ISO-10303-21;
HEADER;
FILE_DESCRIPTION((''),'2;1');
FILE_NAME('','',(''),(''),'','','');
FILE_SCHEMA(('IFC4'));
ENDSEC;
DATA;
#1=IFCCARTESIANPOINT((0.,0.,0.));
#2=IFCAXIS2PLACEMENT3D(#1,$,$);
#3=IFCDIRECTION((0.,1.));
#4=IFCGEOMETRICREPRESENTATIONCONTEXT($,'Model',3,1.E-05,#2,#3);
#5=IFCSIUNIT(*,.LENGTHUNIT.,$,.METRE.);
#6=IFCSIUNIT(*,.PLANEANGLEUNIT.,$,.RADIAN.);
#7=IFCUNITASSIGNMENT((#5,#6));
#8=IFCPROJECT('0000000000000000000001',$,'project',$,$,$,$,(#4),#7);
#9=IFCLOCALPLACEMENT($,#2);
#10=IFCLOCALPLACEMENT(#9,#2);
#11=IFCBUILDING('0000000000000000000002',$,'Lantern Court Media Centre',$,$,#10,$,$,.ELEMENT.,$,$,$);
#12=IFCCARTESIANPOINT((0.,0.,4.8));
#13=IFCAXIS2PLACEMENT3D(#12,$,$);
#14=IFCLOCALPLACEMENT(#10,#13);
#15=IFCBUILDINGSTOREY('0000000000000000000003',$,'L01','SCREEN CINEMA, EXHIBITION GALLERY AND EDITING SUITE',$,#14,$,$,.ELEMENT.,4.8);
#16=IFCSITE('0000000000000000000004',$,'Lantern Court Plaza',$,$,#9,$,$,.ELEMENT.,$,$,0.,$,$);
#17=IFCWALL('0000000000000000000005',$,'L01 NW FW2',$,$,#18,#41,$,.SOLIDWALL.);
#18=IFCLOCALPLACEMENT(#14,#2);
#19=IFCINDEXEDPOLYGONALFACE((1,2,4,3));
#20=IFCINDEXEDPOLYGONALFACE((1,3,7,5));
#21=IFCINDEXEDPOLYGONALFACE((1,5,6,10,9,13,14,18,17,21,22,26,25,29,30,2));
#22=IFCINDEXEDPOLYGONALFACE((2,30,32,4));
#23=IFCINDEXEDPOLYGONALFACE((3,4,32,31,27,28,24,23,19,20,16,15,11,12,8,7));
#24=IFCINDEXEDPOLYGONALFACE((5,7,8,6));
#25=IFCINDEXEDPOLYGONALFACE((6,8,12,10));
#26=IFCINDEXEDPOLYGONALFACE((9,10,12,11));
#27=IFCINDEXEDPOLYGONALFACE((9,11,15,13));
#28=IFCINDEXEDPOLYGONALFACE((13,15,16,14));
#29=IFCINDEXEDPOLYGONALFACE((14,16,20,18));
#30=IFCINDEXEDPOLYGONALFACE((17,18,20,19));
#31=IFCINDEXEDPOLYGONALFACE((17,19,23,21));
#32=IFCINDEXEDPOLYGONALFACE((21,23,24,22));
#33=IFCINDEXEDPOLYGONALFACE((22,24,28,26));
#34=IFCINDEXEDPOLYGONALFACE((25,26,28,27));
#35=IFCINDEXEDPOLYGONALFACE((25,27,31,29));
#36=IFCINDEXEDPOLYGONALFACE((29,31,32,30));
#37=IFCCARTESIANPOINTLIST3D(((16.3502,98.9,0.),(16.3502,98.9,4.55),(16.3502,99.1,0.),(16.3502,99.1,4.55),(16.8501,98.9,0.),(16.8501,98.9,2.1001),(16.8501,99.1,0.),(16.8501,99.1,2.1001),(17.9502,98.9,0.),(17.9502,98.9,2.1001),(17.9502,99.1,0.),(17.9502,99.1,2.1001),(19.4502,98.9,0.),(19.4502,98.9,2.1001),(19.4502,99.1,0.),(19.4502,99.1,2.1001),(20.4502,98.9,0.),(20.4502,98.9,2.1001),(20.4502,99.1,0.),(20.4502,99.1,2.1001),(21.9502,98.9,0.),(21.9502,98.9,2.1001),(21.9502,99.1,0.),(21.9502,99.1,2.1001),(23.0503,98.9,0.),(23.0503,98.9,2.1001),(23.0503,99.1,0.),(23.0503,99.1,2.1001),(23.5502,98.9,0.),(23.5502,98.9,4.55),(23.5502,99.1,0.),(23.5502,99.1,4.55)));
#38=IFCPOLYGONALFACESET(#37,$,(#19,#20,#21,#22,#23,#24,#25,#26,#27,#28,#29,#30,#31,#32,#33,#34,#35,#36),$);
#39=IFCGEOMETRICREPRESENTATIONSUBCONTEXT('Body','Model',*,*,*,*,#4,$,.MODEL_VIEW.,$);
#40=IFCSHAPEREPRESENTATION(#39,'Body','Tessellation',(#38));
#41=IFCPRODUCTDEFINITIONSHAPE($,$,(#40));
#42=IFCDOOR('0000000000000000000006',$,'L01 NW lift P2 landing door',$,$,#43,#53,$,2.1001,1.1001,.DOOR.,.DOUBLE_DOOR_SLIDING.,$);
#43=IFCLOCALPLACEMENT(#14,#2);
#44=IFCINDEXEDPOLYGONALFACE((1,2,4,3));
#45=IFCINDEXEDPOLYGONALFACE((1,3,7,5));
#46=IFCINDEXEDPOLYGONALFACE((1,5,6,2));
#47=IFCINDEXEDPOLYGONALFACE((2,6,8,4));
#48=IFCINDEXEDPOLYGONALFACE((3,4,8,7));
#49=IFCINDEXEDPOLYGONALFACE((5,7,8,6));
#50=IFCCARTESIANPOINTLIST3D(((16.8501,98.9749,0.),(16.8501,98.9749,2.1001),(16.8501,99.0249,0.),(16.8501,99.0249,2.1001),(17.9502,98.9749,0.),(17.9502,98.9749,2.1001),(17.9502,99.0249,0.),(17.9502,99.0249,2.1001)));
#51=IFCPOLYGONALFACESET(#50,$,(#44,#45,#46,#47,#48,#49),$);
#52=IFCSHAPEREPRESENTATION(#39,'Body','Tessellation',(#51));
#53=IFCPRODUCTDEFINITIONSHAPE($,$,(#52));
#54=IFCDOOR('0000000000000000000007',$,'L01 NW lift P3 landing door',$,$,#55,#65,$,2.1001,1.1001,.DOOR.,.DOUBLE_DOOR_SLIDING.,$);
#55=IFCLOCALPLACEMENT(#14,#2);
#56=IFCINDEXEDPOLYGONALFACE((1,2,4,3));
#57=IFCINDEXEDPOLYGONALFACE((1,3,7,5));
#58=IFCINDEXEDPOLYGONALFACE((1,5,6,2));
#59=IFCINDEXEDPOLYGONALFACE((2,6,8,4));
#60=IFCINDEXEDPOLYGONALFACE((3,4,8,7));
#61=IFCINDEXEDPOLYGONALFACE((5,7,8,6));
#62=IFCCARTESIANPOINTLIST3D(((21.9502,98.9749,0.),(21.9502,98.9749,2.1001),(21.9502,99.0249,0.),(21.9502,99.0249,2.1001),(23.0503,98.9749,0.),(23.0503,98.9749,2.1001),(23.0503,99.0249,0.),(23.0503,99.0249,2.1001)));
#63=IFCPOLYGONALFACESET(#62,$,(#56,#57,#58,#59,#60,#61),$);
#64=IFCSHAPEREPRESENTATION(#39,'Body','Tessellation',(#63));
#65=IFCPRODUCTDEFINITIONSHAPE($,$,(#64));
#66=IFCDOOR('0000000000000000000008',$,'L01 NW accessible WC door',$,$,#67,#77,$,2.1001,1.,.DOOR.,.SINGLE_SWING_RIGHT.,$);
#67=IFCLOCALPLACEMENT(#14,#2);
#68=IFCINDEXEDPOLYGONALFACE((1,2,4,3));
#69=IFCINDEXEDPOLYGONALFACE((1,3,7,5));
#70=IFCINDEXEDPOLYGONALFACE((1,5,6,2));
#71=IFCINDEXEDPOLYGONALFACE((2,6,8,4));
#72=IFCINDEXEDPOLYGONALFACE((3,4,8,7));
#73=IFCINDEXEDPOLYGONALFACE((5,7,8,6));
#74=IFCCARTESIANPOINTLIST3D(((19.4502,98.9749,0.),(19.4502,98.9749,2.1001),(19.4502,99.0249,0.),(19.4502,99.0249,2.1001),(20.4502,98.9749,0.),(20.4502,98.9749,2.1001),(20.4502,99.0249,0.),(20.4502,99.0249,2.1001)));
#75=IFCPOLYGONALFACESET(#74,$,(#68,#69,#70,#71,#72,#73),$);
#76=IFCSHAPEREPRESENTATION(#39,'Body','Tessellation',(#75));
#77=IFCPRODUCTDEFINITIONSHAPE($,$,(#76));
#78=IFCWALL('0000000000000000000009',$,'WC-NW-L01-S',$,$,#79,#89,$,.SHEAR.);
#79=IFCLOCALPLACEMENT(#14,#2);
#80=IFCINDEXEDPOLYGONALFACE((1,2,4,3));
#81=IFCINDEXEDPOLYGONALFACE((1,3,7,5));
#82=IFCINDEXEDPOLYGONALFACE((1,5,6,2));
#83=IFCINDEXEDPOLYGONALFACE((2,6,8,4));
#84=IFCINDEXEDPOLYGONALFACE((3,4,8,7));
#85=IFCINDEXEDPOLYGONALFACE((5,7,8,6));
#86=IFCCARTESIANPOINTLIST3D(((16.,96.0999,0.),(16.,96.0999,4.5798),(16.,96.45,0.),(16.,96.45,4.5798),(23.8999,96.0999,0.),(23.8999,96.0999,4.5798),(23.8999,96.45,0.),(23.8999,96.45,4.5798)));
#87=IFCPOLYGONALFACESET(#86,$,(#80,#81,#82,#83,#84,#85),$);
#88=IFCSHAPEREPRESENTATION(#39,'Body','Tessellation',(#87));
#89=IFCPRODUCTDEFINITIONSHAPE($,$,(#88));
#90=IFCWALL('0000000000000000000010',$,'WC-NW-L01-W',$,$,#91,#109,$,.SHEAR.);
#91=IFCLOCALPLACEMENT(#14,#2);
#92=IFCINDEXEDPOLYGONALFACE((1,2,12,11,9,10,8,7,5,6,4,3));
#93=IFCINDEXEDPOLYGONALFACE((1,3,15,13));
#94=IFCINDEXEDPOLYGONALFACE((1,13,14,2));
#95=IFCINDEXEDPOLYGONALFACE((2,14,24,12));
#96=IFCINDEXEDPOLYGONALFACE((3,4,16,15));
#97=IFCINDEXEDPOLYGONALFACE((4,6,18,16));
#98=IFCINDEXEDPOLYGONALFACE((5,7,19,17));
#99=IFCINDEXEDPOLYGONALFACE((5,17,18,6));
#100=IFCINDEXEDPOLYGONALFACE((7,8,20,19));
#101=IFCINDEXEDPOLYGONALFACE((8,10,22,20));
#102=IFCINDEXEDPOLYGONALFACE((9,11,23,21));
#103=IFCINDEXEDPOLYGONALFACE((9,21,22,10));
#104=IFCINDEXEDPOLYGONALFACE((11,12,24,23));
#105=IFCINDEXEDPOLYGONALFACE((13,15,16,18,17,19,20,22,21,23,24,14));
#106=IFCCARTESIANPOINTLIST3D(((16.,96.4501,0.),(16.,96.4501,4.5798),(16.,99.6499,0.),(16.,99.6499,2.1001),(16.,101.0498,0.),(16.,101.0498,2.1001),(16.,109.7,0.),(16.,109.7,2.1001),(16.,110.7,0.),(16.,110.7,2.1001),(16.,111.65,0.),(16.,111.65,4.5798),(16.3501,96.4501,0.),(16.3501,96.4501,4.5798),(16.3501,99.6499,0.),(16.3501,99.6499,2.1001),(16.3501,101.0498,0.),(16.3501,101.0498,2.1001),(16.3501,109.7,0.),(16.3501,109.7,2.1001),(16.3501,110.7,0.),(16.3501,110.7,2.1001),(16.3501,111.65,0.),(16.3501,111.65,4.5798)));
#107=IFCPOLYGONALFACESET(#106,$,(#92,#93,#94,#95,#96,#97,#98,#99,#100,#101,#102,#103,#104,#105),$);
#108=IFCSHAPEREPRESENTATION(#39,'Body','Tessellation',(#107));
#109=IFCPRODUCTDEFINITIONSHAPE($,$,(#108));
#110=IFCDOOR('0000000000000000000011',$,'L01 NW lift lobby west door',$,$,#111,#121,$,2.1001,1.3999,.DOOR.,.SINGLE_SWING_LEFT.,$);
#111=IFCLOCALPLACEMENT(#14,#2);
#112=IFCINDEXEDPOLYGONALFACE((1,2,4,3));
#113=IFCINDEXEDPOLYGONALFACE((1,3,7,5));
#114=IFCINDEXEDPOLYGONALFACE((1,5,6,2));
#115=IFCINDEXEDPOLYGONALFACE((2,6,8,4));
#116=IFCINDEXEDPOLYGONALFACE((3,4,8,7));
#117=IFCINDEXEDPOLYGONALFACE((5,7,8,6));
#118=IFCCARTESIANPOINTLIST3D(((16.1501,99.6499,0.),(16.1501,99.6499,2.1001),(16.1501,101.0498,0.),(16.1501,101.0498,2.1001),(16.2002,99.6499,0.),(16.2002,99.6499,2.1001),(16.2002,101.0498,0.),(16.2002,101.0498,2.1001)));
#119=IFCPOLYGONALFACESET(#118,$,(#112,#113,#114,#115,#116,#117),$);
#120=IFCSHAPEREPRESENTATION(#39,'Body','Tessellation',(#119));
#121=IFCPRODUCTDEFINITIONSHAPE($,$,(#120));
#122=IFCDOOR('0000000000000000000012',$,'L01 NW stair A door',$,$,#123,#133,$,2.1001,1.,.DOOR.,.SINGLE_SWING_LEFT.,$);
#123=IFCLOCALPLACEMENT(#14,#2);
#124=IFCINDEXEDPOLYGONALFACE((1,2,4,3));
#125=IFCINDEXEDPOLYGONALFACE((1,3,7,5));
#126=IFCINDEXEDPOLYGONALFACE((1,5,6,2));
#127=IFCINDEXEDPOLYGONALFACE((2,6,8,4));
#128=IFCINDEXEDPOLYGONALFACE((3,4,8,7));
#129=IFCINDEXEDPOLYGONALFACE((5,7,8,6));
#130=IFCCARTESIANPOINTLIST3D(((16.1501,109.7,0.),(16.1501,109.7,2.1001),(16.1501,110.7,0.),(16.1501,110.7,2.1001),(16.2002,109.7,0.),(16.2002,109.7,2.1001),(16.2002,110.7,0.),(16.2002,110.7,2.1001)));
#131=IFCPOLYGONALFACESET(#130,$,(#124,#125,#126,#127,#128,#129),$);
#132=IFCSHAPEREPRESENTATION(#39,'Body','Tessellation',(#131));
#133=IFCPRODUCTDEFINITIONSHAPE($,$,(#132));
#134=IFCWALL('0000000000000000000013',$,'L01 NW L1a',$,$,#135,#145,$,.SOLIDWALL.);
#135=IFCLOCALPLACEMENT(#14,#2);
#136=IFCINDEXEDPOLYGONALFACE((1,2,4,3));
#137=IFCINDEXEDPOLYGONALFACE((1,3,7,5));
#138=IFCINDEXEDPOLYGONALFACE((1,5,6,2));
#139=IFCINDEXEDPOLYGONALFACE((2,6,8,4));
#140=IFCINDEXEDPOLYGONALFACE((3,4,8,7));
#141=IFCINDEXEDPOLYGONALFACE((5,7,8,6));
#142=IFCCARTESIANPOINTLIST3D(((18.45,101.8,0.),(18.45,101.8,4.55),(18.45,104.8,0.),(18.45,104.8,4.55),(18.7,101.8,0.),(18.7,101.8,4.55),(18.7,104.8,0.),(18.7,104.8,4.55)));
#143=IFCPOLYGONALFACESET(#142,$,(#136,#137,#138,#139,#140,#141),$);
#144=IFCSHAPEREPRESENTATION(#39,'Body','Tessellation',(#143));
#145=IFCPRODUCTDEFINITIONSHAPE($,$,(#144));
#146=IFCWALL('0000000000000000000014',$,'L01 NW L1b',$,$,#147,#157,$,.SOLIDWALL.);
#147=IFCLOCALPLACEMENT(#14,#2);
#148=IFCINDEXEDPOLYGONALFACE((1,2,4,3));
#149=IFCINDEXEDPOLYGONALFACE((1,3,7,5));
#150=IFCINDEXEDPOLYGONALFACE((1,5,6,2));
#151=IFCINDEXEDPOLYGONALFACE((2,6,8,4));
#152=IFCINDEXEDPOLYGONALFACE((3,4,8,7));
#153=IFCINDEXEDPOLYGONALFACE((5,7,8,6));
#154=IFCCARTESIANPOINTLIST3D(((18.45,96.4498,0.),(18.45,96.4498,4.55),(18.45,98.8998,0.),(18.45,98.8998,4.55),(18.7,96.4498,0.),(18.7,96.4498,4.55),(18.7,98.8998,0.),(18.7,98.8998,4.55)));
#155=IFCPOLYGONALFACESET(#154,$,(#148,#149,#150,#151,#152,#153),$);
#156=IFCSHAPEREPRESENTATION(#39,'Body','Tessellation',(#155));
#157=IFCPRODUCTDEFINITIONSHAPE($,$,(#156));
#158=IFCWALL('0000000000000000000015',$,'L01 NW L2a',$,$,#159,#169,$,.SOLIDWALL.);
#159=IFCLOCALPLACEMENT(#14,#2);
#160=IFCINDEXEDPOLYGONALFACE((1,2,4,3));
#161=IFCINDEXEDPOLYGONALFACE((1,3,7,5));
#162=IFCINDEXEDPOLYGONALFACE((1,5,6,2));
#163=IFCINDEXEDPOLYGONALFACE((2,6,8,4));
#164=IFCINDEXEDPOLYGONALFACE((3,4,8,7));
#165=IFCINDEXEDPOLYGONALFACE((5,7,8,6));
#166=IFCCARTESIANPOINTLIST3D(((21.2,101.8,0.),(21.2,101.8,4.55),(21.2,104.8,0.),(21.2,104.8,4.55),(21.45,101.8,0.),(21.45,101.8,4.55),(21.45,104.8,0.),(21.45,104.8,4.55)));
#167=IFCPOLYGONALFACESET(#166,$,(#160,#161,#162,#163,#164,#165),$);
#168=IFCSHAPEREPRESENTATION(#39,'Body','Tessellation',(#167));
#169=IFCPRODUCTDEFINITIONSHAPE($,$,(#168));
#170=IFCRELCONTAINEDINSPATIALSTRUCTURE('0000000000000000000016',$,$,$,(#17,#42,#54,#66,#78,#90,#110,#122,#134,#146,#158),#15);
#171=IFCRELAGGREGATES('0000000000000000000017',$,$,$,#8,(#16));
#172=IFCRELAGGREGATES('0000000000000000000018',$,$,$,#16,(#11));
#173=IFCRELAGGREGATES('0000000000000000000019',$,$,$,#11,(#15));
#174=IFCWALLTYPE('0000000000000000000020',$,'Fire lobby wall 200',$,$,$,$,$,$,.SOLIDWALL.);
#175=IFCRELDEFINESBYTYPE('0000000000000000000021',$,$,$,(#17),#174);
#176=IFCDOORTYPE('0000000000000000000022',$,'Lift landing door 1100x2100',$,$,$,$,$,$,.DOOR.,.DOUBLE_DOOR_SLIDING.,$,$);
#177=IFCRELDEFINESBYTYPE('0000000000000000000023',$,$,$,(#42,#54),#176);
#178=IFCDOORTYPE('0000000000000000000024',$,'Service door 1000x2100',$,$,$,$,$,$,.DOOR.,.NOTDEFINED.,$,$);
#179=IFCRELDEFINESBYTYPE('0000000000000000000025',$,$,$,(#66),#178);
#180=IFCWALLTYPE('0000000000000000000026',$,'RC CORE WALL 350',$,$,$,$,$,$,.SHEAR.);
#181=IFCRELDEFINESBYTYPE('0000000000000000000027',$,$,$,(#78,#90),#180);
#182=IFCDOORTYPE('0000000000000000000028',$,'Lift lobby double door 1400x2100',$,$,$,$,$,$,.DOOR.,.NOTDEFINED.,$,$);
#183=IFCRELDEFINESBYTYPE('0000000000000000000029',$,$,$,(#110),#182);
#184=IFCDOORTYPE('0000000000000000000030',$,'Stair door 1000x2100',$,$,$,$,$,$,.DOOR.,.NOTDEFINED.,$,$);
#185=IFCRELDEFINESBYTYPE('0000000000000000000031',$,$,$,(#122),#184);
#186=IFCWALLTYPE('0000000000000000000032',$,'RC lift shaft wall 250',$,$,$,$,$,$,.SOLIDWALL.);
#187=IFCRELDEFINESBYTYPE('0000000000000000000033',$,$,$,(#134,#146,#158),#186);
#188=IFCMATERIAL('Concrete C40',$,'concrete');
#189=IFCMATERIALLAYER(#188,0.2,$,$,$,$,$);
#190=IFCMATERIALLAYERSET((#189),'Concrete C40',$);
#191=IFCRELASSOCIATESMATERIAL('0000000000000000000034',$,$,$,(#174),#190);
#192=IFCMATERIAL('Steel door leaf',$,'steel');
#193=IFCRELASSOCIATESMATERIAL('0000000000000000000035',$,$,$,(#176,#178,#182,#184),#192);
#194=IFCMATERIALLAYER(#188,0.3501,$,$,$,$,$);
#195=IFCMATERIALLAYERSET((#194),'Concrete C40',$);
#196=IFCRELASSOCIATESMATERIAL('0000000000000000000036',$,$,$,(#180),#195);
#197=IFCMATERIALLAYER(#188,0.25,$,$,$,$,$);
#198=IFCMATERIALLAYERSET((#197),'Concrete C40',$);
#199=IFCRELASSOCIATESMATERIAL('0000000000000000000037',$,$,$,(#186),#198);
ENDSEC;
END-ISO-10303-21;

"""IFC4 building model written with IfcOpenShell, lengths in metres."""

from ifc_helpers import new_model, si_unit, direction, frame, frame_2d, origin, place, context, subcontext, project, spatial, rectangle, extrude, material, layer, layer_set, type_object, element, fill, save


model = new_model("IFC4")

# Units and contexts
model_context = context("Model", 3, precision=1e-05, world=origin(), true_north=direction((0.0, 1.0)))
body_context = subcontext(model_context, "Body", "Model", "MODEL_VIEW")
ifc_project = project(units=[si_unit("LENGTHUNIT", "METRE"), si_unit("PLANEANGLEUNIT", "RADIAN")], contexts=[model_context])

# Site, building, storey
site_placement = place(None, origin())
site = spatial("IfcSite", under=ifc_project, at=site_placement, Name="Lantern Court Plaza", CompositionType="ELEMENT", RefElevation=0.0)
building_placement = place(site_placement, origin())
building = spatial("IfcBuilding", under=site, at=building_placement, Name="Lantern Court Media Centre", CompositionType="ELEMENT")
storey_placement = place(building_placement, frame((0.0, 0.0, 4.8)))
storey = spatial("IfcBuildingStorey", under=building, at=storey_placement, Name="L01", Description="SCREEN CINEMA, EXHIBITION GALLERY AND EDITING SUITE", CompositionType="ELEMENT", Elevation=4.8)

# Wall, openings, doors
ifc_material_1 = material(Name="Concrete C40", Category="concrete")
ifc_layer_1 = layer(ifc_material_1, 0.2)
ifc_layer_set_1 = layer_set([ifc_layer_1], Name="Concrete C40")
wall_type_1 = type_object("IfcWallType", Name="Fire lobby wall 200", PredefinedType="SOLIDWALL", material=ifc_layer_set_1)
ifc_material_2 = material(Name="Steel door leaf", Category="steel")
door_type_1 = type_object("IfcDoorType", Name="Lift landing door 1100x2100", OperationType="DOUBLE_DOOR_SLIDING", PredefinedType="DOOR", material=ifc_material_2)
door_type_2 = type_object("IfcDoorType", Name="Service door 1000x2100", OperationType="NOTDEFINED", PredefinedType="DOOR", material=ifc_material_2)
wall_1_placement = place(storey_placement, frame((16.3501, 99.0, 0.0), z_axis=(0.0, 0.0, 1.0), x_axis=(1.0, 0.0, 0.0)))
wall_1 = element("IfcWall", 1, at=wall_1_placement, inside=storey, type_object=wall_type_1, Name="L01 NW FW2", PredefinedType="SOLIDWALL", context=body_context, shape_type="SweptSolid", body=[
    extrude(rectangle(XDim=7.2, YDim=0.2, at=frame_2d((3.6001, 0.0))), origin(), (0.0, 0.0, 1.0), 4.55),
])
opening_1_placement = place(wall_1_placement, frame((0.5, 0.0, 0.0)))
opening_1 = element("IfcOpeningElement", 2, at=opening_1_placement, cuts=wall_1, PredefinedType="OPENING", context=body_context, shape_type="SweptSolid", body=[
    extrude(rectangle(XDim=1.1001, YDim=2.1001, at=frame_2d((0.55, 1.05))), frame((0.0, 0.1099, 0.0), z_axis=(0.0, -1.0, 0.0), x_axis=(1.0, 0.0, 0.0)), (0.0, 0.0, 1.0), 0.22),
])
opening_2_placement = place(wall_1_placement, frame((5.6001, 0.0, 0.0)))
opening_2 = element("IfcOpeningElement", 3, at=opening_2_placement, cuts=wall_1, PredefinedType="OPENING", context=body_context, shape_type="SweptSolid", body=[
    extrude(rectangle(XDim=1.1001, YDim=2.1001, at=frame_2d((0.55, 1.05))), frame((0.0, 0.1099, 0.0), z_axis=(0.0, -1.0, 0.0), x_axis=(1.0, 0.0, 0.0)), (0.0, 0.0, 1.0), 0.22),
])
opening_3_placement = place(wall_1_placement, frame((3.1001, 0.0, 0.0)))
opening_3 = element("IfcOpeningElement", 4, at=opening_3_placement, cuts=wall_1, PredefinedType="OPENING", context=body_context, shape_type="SweptSolid", body=[
    extrude(rectangle(XDim=1.0, YDim=2.1001, at=frame_2d((0.5, 1.05))), frame((0.0, 0.1099, 0.0), z_axis=(0.0, -1.0, 0.0), x_axis=(1.0, 0.0, 0.0)), (0.0, 0.0, 1.0), 0.22),
])
door_1_placement = place(opening_1_placement, origin())
door_1 = element("IfcDoor", 5, at=door_1_placement, inside=storey, type_object=door_type_1, Name="L01 NW lift P2 landing door", OperationType="DOUBLE_DOOR_SLIDING", OverallHeight=2.1001, OverallWidth=1.1001, PredefinedType="DOOR", context=body_context, shape_type="SweptSolid", body=[
    extrude(rectangle(XDim=1.1001, YDim=2.1001, at=frame_2d((0.55, 1.05))), frame((0.0, 0.0249, 0.0), z_axis=(0.0, -1.0, 0.0), x_axis=(1.0, 0.0, 0.0)), (0.0, 0.0, 1.0), 0.05),
])
fill(opening_1, door_1)
door_2_placement = place(opening_2_placement, origin())
door_2 = element("IfcDoor", 6, at=door_2_placement, inside=storey, type_object=door_type_1, Name="L01 NW lift P3 landing door", OperationType="DOUBLE_DOOR_SLIDING", OverallHeight=2.1001, OverallWidth=1.1001, PredefinedType="DOOR", context=body_context, shape_type="SweptSolid", body=[
    extrude(rectangle(XDim=1.1001, YDim=2.1001, at=frame_2d((0.55, 1.05))), frame((0.0, 0.0249, 0.0), z_axis=(0.0, -1.0, 0.0), x_axis=(1.0, 0.0, 0.0)), (0.0, 0.0, 1.0), 0.05),
])
fill(opening_2, door_2)
door_3_placement = place(opening_3_placement, origin())
door_3 = element("IfcDoor", 7, at=door_3_placement, inside=storey, type_object=door_type_2, Name="L01 NW accessible WC door", OperationType="SINGLE_SWING_RIGHT", OverallHeight=2.1001, OverallWidth=1.0, PredefinedType="DOOR", context=body_context, shape_type="SweptSolid", body=[
    extrude(rectangle(XDim=1.0, YDim=2.1001, at=frame_2d((0.5, 1.05))), frame((0.0, 0.0249, 0.0), z_axis=(0.0, -1.0, 0.0), x_axis=(1.0, 0.0, 0.0)), (0.0, 0.0, 1.0), 0.05),
])
fill(opening_3, door_3)

# Wall
ifc_layer_2 = layer(ifc_material_1, 0.3501)
ifc_layer_set_2 = layer_set([ifc_layer_2], Name="Concrete C40")
wall_type_2 = type_object("IfcWallType", Name="RC CORE WALL 350", PredefinedType="SHEAR", material=ifc_layer_set_2)
wall_2_placement = place(storey_placement, frame((16.0, 96.2749, 0.0), z_axis=(0.0, 0.0, 1.0), x_axis=(1.0, 0.0, 0.0)))
element("IfcWall", 8, at=wall_2_placement, inside=storey, type_object=wall_type_2, Name="WC-NW-L01-S", PredefinedType="SHEAR", context=body_context, shape_type="SweptSolid", body=[
    extrude(rectangle(XDim=7.8999, YDim=0.3501, at=frame_2d((3.95, 0.0))), origin(), (0.0, 0.0, 1.0), 4.5798),
])

# Wall, openings, doors
wall_3_placement = place(storey_placement, frame((16.175, 96.45, 0.0), z_axis=(0.0, 0.0, 1.0), x_axis=(0.0, 1.0, 0.0)))
wall_3 = element("IfcWall", 9, at=wall_3_placement, inside=storey, type_object=wall_type_2, Name="WC-NW-L01-W", PredefinedType="SHEAR", context=body_context, shape_type="SweptSolid", body=[
    extrude(rectangle(XDim=15.2, YDim=0.3501, at=frame_2d((7.6001, 0.0))), origin(), (0.0, 0.0, 1.0), 4.5798),
])
opening_4_placement = place(wall_3_placement, frame((13.25, 0.0, 0.0)))
opening_4 = element("IfcOpeningElement", 10, at=opening_4_placement, cuts=wall_3, PredefinedType="OPENING", context=body_context, shape_type="SweptSolid", body=[
    extrude(rectangle(XDim=1.0, YDim=2.1001, at=frame_2d((0.5, 1.05))), frame((0.0, 0.1851, 0.0), z_axis=(0.0, -1.0, 0.0), x_axis=(1.0, 0.0, 0.0)), (0.0, 0.0, 1.0), 0.3701),
])
opening_5_placement = place(wall_3_placement, frame((3.2, 0.0, 0.0)))
opening_5 = element("IfcOpeningElement", 11, at=opening_5_placement, cuts=wall_3, PredefinedType="OPENING", context=body_context, shape_type="SweptSolid", body=[
    extrude(rectangle(XDim=1.3999, YDim=2.1001, at=frame_2d((0.7, 1.05))), frame((0.0, 0.1851, 0.0), z_axis=(0.0, -1.0, 0.0), x_axis=(1.0, 0.0, 0.0)), (0.0, 0.0, 1.0), 0.3701),
])
door_type_3 = type_object("IfcDoorType", Name="Lift lobby double door 1400x2100", OperationType="NOTDEFINED", PredefinedType="DOOR", material=ifc_material_2)
door_4_placement = place(opening_5_placement, origin())
door_4 = element("IfcDoor", 12, at=door_4_placement, inside=storey, type_object=door_type_3, Name="L01 NW lift lobby west door", OperationType="SINGLE_SWING_LEFT", OverallHeight=2.1001, OverallWidth=1.3999, PredefinedType="DOOR", context=body_context, shape_type="SweptSolid", body=[
    extrude(rectangle(XDim=1.3999, YDim=2.1001, at=frame_2d((0.7, 1.05))), frame((0.0, 0.0249, 0.0), z_axis=(0.0, -1.0, 0.0), x_axis=(1.0, 0.0, 0.0)), (0.0, 0.0, 1.0), 0.05),
])
fill(opening_5, door_4)
door_type_4 = type_object("IfcDoorType", Name="Stair door 1000x2100", OperationType="NOTDEFINED", PredefinedType="DOOR", material=ifc_material_2)
door_5_placement = place(opening_4_placement, origin())
door_5 = element("IfcDoor", 13, at=door_5_placement, inside=storey, type_object=door_type_4, Name="L01 NW stair A door", OperationType="SINGLE_SWING_LEFT", OverallHeight=2.1001, OverallWidth=1.0, PredefinedType="DOOR", context=body_context, shape_type="SweptSolid", body=[
    extrude(rectangle(XDim=1.0, YDim=2.1001, at=frame_2d((0.5, 1.05))), frame((0.0, 0.0249, 0.0), z_axis=(0.0, -1.0, 0.0), x_axis=(1.0, 0.0, 0.0)), (0.0, 0.0, 1.0), 0.05),
])
fill(opening_4, door_5)

# Walls
ifc_layer_3 = layer(ifc_material_1, 0.25)
ifc_layer_set_3 = layer_set([ifc_layer_3], Name="Concrete C40")
wall_type_3 = type_object("IfcWallType", Name="RC lift shaft wall 250", PredefinedType="SOLIDWALL", material=ifc_layer_set_3)
wall_4_placement = place(storey_placement, frame((18.575, 104.8, 0.0), z_axis=(0.0, 0.0, 1.0), x_axis=(0.0, -1.0, 0.0)))
element("IfcWall", 14, at=wall_4_placement, inside=storey, type_object=wall_type_3, Name="L01 NW L1a", PredefinedType="SOLIDWALL", context=body_context, shape_type="SweptSolid", body=[
    extrude(rectangle(XDim=3.0, YDim=0.25, at=frame_2d((1.5, 0.0))), origin(), (0.0, 0.0, 1.0), 4.55),
])
wall_5_placement = place(storey_placement, frame((18.575, 98.8999, 0.0), z_axis=(0.0, 0.0, 1.0), x_axis=(0.0, -1.0, 0.0)))
element("IfcWall", 15, at=wall_5_placement, inside=storey, type_object=wall_type_3, Name="L01 NW L1b", PredefinedType="SOLIDWALL", context=body_context, shape_type="SweptSolid", body=[
    extrude(rectangle(XDim=2.45, YDim=0.25, at=frame_2d((1.2251, 0.0))), origin(), (0.0, 0.0, 1.0), 4.55),
])
wall_6_placement = place(storey_placement, frame((21.325, 104.8, 0.0), z_axis=(0.0, 0.0, 1.0), x_axis=(0.0, -1.0, 0.0)))
element("IfcWall", 16, at=wall_6_placement, inside=storey, type_object=wall_type_3, Name="L01 NW L2a", PredefinedType="SOLIDWALL", context=body_context, shape_type="SweptSolid", body=[
    extrude(rectangle(XDim=3.0, YDim=0.25, at=frame_2d((1.5, 0.0))), origin(), (0.0, 0.0, 1.0), 4.55),
])

save(model, "model.ifc")
